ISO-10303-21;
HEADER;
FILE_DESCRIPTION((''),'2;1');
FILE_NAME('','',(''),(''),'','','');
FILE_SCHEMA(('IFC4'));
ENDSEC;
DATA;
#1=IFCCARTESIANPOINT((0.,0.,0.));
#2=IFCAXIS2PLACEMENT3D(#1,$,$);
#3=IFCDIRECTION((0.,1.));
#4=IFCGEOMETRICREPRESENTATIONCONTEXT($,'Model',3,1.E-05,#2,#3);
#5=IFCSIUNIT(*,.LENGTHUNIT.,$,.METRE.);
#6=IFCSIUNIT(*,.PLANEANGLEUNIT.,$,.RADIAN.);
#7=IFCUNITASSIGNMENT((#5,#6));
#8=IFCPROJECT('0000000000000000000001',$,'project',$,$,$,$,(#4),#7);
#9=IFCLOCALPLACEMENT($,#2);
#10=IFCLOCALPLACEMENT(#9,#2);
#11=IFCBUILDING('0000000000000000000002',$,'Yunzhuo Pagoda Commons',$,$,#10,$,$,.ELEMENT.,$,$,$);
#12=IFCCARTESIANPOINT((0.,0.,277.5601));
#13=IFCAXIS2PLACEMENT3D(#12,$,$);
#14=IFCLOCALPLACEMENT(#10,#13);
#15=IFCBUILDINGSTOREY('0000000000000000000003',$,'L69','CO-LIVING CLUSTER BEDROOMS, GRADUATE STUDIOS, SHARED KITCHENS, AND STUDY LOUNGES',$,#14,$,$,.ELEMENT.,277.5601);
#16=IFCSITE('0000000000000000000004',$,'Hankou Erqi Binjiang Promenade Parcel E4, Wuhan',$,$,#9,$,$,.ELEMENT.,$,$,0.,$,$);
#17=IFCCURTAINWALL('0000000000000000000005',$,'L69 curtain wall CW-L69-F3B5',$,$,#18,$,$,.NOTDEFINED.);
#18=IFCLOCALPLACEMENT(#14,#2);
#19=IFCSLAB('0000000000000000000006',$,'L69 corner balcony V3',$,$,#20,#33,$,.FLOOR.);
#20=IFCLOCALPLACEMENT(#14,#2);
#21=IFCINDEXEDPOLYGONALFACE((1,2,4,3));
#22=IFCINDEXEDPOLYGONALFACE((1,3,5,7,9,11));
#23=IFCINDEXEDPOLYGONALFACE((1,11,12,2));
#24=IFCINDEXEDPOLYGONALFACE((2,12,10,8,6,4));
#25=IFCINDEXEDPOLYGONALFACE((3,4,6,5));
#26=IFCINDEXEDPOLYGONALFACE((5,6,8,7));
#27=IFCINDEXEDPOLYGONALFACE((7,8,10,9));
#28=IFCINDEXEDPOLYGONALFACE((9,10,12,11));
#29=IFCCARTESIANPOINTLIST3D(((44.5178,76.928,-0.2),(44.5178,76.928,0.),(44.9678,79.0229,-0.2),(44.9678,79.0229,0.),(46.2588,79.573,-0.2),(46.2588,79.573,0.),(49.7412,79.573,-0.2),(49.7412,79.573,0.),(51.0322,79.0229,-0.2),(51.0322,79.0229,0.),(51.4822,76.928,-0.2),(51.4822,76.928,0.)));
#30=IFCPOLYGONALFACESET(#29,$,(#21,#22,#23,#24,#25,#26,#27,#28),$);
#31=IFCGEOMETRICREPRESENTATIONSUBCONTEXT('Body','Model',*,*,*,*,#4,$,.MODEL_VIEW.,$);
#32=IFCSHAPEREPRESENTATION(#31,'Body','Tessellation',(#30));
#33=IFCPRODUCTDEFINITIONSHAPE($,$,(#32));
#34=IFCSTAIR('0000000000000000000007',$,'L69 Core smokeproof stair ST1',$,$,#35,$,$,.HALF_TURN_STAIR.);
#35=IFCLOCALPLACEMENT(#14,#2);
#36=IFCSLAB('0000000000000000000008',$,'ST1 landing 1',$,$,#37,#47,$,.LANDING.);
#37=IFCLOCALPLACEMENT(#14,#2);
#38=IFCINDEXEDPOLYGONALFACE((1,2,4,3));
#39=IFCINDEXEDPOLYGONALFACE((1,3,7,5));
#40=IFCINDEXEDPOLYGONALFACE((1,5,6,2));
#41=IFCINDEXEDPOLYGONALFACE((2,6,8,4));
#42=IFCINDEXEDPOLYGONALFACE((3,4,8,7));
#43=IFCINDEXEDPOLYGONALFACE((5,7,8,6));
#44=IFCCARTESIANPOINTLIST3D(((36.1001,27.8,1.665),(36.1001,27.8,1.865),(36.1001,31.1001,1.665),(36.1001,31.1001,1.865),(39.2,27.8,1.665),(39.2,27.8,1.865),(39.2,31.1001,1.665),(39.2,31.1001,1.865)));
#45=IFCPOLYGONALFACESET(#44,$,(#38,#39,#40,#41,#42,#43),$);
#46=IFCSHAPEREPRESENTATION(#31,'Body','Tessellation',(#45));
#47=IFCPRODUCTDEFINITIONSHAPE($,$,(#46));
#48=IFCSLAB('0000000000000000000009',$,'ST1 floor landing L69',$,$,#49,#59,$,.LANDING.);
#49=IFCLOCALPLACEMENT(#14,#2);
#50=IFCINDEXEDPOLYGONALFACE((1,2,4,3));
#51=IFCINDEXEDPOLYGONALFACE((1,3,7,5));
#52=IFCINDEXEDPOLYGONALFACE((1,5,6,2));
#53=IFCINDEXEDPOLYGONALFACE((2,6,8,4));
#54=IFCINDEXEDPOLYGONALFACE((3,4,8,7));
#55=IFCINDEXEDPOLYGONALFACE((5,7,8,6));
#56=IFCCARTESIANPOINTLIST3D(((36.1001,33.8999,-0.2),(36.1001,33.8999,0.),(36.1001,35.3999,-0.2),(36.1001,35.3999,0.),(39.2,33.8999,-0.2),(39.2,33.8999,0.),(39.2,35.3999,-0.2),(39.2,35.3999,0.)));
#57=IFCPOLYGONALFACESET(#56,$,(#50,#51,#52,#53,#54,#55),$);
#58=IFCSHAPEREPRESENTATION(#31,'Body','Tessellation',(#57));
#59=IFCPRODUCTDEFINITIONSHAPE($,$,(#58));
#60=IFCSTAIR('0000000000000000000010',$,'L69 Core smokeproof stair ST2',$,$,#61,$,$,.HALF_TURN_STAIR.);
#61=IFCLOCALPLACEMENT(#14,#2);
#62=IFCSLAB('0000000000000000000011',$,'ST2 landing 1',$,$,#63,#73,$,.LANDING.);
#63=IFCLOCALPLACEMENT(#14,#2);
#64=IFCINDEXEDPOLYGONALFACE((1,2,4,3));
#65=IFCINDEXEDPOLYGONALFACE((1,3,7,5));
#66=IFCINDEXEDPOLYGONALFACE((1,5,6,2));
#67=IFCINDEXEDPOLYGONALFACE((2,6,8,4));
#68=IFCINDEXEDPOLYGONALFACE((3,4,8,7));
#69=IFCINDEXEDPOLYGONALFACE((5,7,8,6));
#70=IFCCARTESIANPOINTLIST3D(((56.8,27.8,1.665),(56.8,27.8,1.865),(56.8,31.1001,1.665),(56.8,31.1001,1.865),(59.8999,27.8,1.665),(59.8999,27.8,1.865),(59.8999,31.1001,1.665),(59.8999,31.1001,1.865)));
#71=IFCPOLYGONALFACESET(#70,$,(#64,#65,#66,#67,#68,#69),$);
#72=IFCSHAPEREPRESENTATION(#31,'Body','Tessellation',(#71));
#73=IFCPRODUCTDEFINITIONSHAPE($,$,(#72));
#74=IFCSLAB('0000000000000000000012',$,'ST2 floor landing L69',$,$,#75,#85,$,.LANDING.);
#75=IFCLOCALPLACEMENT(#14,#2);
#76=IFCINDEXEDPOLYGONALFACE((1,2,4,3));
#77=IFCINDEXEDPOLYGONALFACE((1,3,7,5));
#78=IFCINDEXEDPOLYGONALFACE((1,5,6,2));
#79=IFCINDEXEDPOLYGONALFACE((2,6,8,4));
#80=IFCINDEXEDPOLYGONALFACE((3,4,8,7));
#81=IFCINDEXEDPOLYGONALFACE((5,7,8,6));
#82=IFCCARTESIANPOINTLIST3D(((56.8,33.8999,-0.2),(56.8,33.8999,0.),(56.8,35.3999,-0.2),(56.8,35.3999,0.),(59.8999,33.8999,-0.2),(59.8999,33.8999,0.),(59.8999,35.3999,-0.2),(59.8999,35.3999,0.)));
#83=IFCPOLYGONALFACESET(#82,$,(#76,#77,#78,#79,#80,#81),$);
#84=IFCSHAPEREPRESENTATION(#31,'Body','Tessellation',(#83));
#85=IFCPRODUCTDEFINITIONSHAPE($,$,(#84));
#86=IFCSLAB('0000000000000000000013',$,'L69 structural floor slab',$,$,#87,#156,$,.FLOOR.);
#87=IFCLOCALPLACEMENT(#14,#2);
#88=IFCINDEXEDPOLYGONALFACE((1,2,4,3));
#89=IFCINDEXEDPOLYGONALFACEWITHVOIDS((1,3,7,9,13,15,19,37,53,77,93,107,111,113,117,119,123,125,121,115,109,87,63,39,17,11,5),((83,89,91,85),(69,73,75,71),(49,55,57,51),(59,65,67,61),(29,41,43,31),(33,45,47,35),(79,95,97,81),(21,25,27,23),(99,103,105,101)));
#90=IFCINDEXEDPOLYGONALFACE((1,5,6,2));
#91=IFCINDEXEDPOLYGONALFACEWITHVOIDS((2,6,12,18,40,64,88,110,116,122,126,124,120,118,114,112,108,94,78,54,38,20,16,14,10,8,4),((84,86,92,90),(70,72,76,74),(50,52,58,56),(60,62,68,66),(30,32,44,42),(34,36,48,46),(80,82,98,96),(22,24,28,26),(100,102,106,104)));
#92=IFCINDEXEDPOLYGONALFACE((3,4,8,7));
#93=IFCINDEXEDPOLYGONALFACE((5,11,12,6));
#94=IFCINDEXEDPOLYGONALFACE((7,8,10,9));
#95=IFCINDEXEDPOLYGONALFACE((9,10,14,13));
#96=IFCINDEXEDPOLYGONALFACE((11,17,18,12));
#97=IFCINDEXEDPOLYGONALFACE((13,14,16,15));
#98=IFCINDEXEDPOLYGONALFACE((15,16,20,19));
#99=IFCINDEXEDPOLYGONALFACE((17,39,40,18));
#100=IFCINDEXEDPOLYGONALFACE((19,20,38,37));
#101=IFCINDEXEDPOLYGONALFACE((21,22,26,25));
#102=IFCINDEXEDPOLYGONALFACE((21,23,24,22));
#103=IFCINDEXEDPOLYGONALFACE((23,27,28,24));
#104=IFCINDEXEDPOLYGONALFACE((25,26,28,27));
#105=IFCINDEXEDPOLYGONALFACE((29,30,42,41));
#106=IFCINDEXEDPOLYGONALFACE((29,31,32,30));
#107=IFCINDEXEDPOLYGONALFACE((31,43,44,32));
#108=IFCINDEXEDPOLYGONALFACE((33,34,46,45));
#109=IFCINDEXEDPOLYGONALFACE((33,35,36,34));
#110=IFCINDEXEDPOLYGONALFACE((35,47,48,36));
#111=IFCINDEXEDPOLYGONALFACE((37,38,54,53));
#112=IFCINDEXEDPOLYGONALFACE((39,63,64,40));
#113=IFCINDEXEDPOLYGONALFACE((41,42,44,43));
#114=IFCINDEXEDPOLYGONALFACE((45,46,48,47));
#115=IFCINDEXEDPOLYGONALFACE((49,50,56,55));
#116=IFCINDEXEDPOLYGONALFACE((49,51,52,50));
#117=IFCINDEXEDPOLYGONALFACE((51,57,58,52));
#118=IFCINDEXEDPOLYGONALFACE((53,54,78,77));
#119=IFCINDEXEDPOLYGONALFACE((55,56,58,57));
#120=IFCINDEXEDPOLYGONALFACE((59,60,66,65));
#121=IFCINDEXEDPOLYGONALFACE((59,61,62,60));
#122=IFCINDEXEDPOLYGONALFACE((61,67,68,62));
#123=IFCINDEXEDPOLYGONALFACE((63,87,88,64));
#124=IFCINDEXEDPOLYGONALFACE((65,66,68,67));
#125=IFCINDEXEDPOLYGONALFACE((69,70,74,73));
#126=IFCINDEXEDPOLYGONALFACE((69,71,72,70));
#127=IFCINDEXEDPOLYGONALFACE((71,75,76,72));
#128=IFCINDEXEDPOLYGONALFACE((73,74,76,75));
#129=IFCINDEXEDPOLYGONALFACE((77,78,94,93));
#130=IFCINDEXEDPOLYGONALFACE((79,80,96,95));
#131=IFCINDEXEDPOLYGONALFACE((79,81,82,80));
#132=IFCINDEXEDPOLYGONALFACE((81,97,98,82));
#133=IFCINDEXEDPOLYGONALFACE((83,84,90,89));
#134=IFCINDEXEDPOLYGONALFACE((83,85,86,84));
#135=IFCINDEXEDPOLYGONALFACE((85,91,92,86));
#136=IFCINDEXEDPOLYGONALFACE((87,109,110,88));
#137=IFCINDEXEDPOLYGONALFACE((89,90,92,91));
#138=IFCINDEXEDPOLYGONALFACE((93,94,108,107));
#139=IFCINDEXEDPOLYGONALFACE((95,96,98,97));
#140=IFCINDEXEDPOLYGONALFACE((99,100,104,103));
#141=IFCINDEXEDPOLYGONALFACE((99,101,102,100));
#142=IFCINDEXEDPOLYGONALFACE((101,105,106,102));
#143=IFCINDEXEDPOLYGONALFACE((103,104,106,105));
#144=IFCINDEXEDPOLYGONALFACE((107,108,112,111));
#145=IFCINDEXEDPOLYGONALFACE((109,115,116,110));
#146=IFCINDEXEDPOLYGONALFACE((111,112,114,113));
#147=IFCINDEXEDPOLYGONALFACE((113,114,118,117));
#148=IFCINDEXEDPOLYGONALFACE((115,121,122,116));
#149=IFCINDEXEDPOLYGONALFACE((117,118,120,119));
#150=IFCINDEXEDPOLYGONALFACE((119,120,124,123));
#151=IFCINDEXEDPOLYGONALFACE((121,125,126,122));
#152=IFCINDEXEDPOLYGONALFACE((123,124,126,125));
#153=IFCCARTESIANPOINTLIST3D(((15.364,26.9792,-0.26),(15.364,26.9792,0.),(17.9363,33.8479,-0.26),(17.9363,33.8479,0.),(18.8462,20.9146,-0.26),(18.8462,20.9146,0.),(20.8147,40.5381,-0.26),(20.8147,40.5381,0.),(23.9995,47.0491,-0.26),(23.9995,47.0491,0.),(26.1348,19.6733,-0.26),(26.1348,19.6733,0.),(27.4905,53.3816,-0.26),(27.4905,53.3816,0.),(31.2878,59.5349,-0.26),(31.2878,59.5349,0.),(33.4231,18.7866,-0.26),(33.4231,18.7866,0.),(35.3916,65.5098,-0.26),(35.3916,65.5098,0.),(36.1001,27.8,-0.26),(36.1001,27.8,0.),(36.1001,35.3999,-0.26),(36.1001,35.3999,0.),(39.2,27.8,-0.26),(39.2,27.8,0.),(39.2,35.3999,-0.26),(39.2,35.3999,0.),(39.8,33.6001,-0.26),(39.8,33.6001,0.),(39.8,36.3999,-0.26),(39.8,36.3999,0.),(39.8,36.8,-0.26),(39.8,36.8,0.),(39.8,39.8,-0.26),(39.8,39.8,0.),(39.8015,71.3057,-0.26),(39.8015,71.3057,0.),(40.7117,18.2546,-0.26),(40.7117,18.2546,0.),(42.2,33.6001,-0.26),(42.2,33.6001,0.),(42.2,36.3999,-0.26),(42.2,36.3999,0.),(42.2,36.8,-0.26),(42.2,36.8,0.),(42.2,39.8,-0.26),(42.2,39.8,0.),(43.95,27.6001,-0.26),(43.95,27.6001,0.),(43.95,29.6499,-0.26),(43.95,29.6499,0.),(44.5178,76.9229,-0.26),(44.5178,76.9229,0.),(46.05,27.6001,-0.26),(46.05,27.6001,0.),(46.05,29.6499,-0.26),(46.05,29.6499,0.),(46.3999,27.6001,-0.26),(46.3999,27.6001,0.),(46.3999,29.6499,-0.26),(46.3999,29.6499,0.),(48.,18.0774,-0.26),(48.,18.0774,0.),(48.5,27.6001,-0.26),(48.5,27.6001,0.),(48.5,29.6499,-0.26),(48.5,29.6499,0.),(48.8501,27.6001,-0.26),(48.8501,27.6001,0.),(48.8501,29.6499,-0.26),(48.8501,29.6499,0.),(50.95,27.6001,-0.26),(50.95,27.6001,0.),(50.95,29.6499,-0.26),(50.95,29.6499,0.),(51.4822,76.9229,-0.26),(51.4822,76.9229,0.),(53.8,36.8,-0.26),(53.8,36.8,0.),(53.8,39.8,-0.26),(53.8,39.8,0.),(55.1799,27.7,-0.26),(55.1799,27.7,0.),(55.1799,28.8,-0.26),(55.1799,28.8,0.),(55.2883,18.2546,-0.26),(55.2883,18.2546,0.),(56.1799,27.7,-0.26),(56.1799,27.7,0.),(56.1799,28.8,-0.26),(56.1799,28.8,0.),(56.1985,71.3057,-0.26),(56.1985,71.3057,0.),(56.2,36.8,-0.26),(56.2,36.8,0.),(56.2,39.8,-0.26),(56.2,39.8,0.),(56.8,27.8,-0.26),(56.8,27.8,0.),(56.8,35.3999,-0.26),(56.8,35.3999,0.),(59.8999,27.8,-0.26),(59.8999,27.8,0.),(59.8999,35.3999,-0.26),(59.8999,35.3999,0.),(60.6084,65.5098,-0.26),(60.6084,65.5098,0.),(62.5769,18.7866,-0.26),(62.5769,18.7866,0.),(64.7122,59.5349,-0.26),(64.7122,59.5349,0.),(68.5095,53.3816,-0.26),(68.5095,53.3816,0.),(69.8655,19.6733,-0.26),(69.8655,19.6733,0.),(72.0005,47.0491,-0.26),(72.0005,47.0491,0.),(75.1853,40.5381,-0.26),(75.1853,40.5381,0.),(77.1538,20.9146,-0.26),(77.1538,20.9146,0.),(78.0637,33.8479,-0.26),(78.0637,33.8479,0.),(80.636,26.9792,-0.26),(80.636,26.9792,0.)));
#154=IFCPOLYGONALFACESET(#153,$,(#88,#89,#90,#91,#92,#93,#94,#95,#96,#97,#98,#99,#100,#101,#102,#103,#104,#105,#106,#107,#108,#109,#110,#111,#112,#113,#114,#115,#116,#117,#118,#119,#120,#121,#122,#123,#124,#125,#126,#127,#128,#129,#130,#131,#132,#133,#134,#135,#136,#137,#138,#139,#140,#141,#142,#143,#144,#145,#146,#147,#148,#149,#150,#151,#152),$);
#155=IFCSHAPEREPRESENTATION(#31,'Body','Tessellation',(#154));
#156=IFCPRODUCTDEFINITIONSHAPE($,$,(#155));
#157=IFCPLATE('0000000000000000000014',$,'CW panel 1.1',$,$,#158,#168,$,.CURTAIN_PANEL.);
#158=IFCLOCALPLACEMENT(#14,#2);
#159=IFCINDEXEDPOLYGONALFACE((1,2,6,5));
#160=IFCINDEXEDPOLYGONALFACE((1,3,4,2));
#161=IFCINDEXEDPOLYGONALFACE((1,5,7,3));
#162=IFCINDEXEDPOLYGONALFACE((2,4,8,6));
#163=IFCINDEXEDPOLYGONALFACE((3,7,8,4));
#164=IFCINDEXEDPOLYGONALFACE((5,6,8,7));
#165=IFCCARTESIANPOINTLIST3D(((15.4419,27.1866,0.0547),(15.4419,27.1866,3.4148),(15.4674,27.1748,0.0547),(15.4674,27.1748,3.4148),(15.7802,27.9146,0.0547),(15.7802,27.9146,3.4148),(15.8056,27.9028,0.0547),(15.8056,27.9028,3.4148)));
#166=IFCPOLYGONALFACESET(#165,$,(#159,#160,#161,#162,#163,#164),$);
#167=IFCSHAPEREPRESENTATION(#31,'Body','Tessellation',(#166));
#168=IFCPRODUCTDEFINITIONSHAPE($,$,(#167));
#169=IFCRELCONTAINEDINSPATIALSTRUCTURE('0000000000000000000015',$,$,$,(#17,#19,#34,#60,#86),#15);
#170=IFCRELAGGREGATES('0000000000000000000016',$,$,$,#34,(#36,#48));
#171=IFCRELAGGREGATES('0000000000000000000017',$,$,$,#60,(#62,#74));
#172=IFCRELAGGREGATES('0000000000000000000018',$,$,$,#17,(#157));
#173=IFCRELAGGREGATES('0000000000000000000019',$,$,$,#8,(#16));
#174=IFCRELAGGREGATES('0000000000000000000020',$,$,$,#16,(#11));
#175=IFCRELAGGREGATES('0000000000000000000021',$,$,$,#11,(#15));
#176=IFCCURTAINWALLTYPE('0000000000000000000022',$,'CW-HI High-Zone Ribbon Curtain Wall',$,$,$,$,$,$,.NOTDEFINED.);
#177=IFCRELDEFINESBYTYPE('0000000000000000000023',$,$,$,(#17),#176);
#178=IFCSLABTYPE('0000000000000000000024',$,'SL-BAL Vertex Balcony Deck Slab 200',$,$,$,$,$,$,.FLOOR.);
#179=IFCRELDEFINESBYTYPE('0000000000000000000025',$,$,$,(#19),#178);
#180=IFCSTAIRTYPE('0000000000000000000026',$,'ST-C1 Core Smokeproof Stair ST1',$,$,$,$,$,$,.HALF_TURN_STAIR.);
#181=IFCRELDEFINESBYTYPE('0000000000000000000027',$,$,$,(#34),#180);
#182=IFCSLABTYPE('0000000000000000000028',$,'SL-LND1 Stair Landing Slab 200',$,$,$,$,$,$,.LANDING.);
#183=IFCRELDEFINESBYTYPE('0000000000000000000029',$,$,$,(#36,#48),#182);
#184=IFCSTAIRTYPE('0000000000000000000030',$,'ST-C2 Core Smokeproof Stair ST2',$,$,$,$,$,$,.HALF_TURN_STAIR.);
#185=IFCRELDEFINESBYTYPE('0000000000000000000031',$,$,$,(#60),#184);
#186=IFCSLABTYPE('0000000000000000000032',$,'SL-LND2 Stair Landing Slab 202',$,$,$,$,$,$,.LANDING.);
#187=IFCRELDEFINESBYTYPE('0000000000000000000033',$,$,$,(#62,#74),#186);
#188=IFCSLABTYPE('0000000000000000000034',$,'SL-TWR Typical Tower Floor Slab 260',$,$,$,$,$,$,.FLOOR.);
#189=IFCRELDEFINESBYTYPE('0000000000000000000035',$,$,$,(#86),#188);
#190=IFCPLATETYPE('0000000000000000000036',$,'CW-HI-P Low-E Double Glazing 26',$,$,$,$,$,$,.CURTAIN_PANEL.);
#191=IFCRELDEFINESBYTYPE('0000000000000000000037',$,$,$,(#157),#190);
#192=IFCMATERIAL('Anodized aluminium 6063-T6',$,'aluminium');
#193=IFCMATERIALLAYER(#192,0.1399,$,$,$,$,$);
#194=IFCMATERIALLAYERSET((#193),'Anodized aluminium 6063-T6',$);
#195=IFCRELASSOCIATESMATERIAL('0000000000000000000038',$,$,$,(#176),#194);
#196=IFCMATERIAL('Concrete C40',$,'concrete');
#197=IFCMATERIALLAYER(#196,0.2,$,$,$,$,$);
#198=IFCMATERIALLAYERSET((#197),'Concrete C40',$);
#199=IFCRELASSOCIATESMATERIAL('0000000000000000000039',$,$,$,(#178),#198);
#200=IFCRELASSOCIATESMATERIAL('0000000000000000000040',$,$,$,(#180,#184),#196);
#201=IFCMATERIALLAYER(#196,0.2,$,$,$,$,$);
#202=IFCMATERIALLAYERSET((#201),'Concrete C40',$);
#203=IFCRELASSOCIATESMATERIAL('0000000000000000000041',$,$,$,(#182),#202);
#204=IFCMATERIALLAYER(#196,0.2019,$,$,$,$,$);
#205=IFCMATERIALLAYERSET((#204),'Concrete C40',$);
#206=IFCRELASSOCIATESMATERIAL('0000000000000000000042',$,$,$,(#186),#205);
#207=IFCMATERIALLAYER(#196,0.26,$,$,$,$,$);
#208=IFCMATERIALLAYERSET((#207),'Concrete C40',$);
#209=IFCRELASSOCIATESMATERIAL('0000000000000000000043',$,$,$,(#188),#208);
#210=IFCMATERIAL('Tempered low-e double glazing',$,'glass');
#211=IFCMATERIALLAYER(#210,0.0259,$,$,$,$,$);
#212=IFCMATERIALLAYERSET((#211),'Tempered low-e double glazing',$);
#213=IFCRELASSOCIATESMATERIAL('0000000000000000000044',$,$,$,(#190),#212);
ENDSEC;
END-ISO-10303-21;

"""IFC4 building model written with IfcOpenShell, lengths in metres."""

from ifc_helpers import new_model, si_unit, direction, frame, origin, origin_2d, place, context, subcontext, project, spatial, polyline, rectangle, outline, extrude, source, transform, mapped, material, layer, layer_set, type_object, element, aggregate, save


model = new_model("IFC4")

# Units and contexts
model_context = context("Model", 3, precision=1e-05, world=origin(), true_north=direction((0.0, 1.0)))
body_context = subcontext(model_context, "Body", "Model", "MODEL_VIEW")
ifc_project = project(units=[si_unit("LENGTHUNIT", "METRE"), si_unit("PLANEANGLEUNIT", "RADIAN")], contexts=[model_context])

# Site, building, storey
site_placement = place(None, origin())
site = spatial("IfcSite", under=ifc_project, at=site_placement, Name="Hankou Erqi Binjiang Promenade Parcel E4, Wuhan", CompositionType="ELEMENT", RefElevation=0.0)
building_placement = place(site_placement, origin())
building = spatial("IfcBuilding", under=site, at=building_placement, Name="Yunzhuo Pagoda Commons", CompositionType="ELEMENT")
storey_placement = place(building_placement, frame((0.0, 0.0, 277.5601)))
storey = spatial("IfcBuildingStorey", under=building, at=storey_placement, Name="L69", Description="CO-LIVING CLUSTER BEDROOMS, GRADUATE STUDIOS, SHARED KITCHENS, AND STUDY LOUNGES", CompositionType="ELEMENT", Elevation=277.5601)

# Shared definitions
ifc_material_1 = material(Name="Anodized aluminium 6063-T6", Category="aluminium")
ifc_layer_1 = layer(ifc_material_1, 0.1399)
ifc_layer_set_1 = layer_set([ifc_layer_1], Name="Anodized aluminium 6063-T6")
curtain_wall_type = type_object("IfcCurtainWallType", Name="CW-HI High-Zone Ribbon Curtain Wall", PredefinedType="NOTDEFINED", material=ifc_layer_set_1)

# Curtain wall
curtain_wall_1_placement = place(storey_placement, origin())
curtain_wall_1 = element("IfcCurtainWall", 1, at=curtain_wall_1_placement, inside=storey, type_object=curtain_wall_type, Name="L69 curtain wall CW-L69-F3B5", PredefinedType="NOTDEFINED")

# Slab
ifc_material_2 = material(Name="Concrete C40", Category="concrete")
ifc_layer_2 = layer(ifc_material_2, 0.2)
ifc_layer_set_2 = layer_set([ifc_layer_2], Name="Concrete C40")
slab_type_1 = type_object("IfcSlabType", Name="SL-BAL Vertex Balcony Deck Slab 200", PredefinedType="FLOOR", material=ifc_layer_set_2)
slab_1_placement = place(storey_placement, frame((0.0, 0.0, -0.2)))
element("IfcSlab", 2, at=slab_1_placement, inside=storey, type_object=slab_type_1, Name="L69 corner balcony V3", PredefinedType="FLOOR", context=body_context, shape_type="SweptSolid", body=[
    extrude(outline(polyline([(51.4822, 76.928), (44.5178, 76.928), (44.9678, 79.0229), (46.2588, 79.573), (49.7412, 79.573), (51.0322, 79.0229), (51.4822, 76.928)])), origin(), (0.0, 0.0, 1.0), 0.2),
])

# Stairs, slabs
stair_type_1 = type_object("IfcStairType", Name="ST-C1 Core Smokeproof Stair ST1", PredefinedType="HALF_TURN_STAIR", material=ifc_material_2)
stair_1_placement = place(storey_placement, origin())
stair_1 = element("IfcStair", 3, at=stair_1_placement, inside=storey, type_object=stair_type_1, Name="L69 Core smokeproof stair ST1", PredefinedType="HALF_TURN_STAIR")
ifc_layer_3 = layer(ifc_material_2, 0.2)
ifc_layer_set_3 = layer_set([ifc_layer_3], Name="Concrete C40")
slab_type_2 = type_object("IfcSlabType", Name="SL-LND1 Stair Landing Slab 200", PredefinedType="LANDING", material=ifc_layer_set_3)
slab_2_placement = place(storey_placement, frame((0.0, 0.0, 1.665)))
slab_2 = element("IfcSlab", 4, at=slab_2_placement, type_object=slab_type_2, Name="ST1 landing 1", PredefinedType="LANDING", context=body_context, shape_type="SweptSolid", body=[
    extrude(outline(polyline([(36.1001, 31.1001), (36.1001, 27.8), (39.2, 27.8), (39.2, 31.1001), (36.1001, 31.1001)])), origin(), (0.0, 0.0, 1.0), 0.2),
])
slab_3_placement = place(storey_placement, frame((0.0, 0.0, -0.2)))
slab_3 = element("IfcSlab", 5, at=slab_3_placement, type_object=slab_type_2, Name="ST1 floor landing L69", PredefinedType="LANDING", context=body_context, shape_type="SweptSolid", body=[
    extrude(outline(polyline([(36.1001, 35.3999), (36.1001, 33.8999), (39.2, 33.8999), (39.2, 35.3999), (36.1001, 35.3999)])), origin(), (0.0, 0.0, 1.0), 0.2),
])
aggregate(stair_1, [slab_2, slab_3])
stair_type_2 = type_object("IfcStairType", Name="ST-C2 Core Smokeproof Stair ST2", PredefinedType="HALF_TURN_STAIR", material=ifc_material_2)
stair_2_placement = place(storey_placement, origin())
stair_2 = element("IfcStair", 6, at=stair_2_placement, inside=storey, type_object=stair_type_2, Name="L69 Core smokeproof stair ST2", PredefinedType="HALF_TURN_STAIR")
ifc_layer_4 = layer(ifc_material_2, 0.2019)
ifc_layer_set_4 = layer_set([ifc_layer_4], Name="Concrete C40")
slab_type_3 = type_object("IfcSlabType", Name="SL-LND2 Stair Landing Slab 202", PredefinedType="LANDING", material=ifc_layer_set_4)
slab_4_placement = place(storey_placement, frame((0.0, 0.0, 1.665)))
slab_4 = element("IfcSlab", 7, at=slab_4_placement, type_object=slab_type_3, Name="ST2 landing 1", PredefinedType="LANDING", context=body_context, shape_type="SweptSolid", body=[
    extrude(outline(polyline([(56.8, 31.1001), (56.8, 27.8), (59.8999, 27.8), (59.8999, 31.1001), (56.8, 31.1001)])), origin(), (0.0, 0.0, 1.0), 0.2),
])
slab_5_placement = place(storey_placement, frame((0.0, 0.0, -0.2)))
slab_5 = element("IfcSlab", 8, at=slab_5_placement, type_object=slab_type_3, Name="ST2 floor landing L69", PredefinedType="LANDING", context=body_context, shape_type="SweptSolid", body=[
    extrude(outline(polyline([(56.8, 35.3999), (56.8, 33.8999), (59.8999, 33.8999), (59.8999, 35.3999), (56.8, 35.3999)])), origin(), (0.0, 0.0, 1.0), 0.2),
])
aggregate(stair_2, [slab_4, slab_5])

# Slab
ifc_layer_5 = layer(ifc_material_2, 0.26)
ifc_layer_set_5 = layer_set([ifc_layer_5], Name="Concrete C40")
slab_type_4 = type_object("IfcSlabType", Name="SL-TWR Typical Tower Floor Slab 260", PredefinedType="FLOOR", material=ifc_layer_set_5)
slab_6_placement = place(storey_placement, frame((0.0, 0.0, -0.26)))
element("IfcSlab", 9, at=slab_6_placement, inside=storey, type_object=slab_type_4, Name="L69 structural floor slab", PredefinedType="FLOOR", context=body_context, shape_type="SweptSolid", body=[
    extrude(outline(polyline([(17.9363, 33.8479), (20.8147, 40.5381), (23.9995, 47.0491), (27.4905, 53.3816), (31.2878, 59.5349), (35.3916, 65.5098), (39.8015, 71.3057), (44.5178, 76.9229), (51.4822, 76.9229), (56.1985, 71.3057), (60.6084, 65.5098), (64.7122, 59.5349), (68.5095, 53.3816), (72.0005, 47.0491), (75.1853, 40.5381), (78.0637, 33.8479), (80.636, 26.9792), (77.1538, 20.9146), (69.8655, 19.6733), (62.5769, 18.7866), (55.2883, 18.2546), (48.0, 18.0774), (40.7117, 18.2546), (33.4231, 18.7866), (26.1348, 19.6733), (18.8462, 20.9146), (15.364, 26.9792), (17.9363, 33.8479)]), holes=[polyline([(56.1799, 28.8), (55.1799, 28.8), (55.1799, 27.7), (56.1799, 27.7), (56.1799, 28.8)]), polyline([(46.05, 29.6499), (43.95, 29.6499), (43.95, 27.6001), (46.05, 27.6001), (46.05, 29.6499)]), polyline([(48.5, 29.6499), (46.3999, 29.6499), (46.3999, 27.6001), (48.5, 27.6001), (48.5, 29.6499)]), polyline([(50.95, 29.6499), (48.8501, 29.6499), (48.8501, 27.6001), (50.95, 27.6001), (50.95, 29.6499)]), polyline([(39.2, 27.8), (39.2, 35.3999), (36.1001, 35.3999), (36.1001, 27.8), (39.2, 27.8)]), polyline([(59.8999, 27.8), (59.8999, 35.3999), (56.8, 35.3999), (56.8, 27.8), (59.8999, 27.8)]), polyline([(42.2, 36.3999), (39.8, 36.3999), (39.8, 33.6001), (42.2, 33.6001), (42.2, 36.3999)]), polyline([(42.2, 36.8), (42.2, 39.8), (39.8, 39.8), (39.8, 36.8), (42.2, 36.8)]), polyline([(56.2, 36.8), (56.2, 39.8), (53.8, 39.8), (53.8, 36.8), (56.2, 36.8)])]), origin(), (0.0, 0.0, 1.0), 0.26),
])

# Plate
ifc_material_3 = material(Name="Tempered low-e double glazing", Category="glass")
ifc_layer_6 = layer(ifc_material_3, 0.0259)
ifc_layer_set_6 = layer_set([ifc_layer_6], Name="Tempered low-e double glazing")
plate_type = type_object("IfcPlateType", Name="CW-HI-P Low-E Double Glazing 26", PredefinedType="CURTAIN_PANEL", material=ifc_layer_set_6)
shared_shape_1 = source(origin(), body_context, "Body", "SweptSolid", [
    extrude(rectangle(XDim=0.8027, YDim=0.0281, at=origin_2d()), origin(), (0.0, 0.0, 1.0), 3.3601),
])
plate_placement = place(storey_placement, frame((15.6238, 27.5447, 0.0547), z_axis=(0.0, 0.0, 1.0), x_axis=(-0.421407, -0.906871, 0.0)))
plate = element("IfcPlate", 10, at=plate_placement, type_object=plate_type, Name="CW panel 1.1", PredefinedType="CURTAIN_PANEL", context=body_context, shape_type="MappedRepresentation", body=[
    mapped(shared_shape_1, transform((0.0, 0.0, 0.0), scale=1.0)),
])
aggregate(curtain_wall_1, [plate])

save(model, "model.ifc")
